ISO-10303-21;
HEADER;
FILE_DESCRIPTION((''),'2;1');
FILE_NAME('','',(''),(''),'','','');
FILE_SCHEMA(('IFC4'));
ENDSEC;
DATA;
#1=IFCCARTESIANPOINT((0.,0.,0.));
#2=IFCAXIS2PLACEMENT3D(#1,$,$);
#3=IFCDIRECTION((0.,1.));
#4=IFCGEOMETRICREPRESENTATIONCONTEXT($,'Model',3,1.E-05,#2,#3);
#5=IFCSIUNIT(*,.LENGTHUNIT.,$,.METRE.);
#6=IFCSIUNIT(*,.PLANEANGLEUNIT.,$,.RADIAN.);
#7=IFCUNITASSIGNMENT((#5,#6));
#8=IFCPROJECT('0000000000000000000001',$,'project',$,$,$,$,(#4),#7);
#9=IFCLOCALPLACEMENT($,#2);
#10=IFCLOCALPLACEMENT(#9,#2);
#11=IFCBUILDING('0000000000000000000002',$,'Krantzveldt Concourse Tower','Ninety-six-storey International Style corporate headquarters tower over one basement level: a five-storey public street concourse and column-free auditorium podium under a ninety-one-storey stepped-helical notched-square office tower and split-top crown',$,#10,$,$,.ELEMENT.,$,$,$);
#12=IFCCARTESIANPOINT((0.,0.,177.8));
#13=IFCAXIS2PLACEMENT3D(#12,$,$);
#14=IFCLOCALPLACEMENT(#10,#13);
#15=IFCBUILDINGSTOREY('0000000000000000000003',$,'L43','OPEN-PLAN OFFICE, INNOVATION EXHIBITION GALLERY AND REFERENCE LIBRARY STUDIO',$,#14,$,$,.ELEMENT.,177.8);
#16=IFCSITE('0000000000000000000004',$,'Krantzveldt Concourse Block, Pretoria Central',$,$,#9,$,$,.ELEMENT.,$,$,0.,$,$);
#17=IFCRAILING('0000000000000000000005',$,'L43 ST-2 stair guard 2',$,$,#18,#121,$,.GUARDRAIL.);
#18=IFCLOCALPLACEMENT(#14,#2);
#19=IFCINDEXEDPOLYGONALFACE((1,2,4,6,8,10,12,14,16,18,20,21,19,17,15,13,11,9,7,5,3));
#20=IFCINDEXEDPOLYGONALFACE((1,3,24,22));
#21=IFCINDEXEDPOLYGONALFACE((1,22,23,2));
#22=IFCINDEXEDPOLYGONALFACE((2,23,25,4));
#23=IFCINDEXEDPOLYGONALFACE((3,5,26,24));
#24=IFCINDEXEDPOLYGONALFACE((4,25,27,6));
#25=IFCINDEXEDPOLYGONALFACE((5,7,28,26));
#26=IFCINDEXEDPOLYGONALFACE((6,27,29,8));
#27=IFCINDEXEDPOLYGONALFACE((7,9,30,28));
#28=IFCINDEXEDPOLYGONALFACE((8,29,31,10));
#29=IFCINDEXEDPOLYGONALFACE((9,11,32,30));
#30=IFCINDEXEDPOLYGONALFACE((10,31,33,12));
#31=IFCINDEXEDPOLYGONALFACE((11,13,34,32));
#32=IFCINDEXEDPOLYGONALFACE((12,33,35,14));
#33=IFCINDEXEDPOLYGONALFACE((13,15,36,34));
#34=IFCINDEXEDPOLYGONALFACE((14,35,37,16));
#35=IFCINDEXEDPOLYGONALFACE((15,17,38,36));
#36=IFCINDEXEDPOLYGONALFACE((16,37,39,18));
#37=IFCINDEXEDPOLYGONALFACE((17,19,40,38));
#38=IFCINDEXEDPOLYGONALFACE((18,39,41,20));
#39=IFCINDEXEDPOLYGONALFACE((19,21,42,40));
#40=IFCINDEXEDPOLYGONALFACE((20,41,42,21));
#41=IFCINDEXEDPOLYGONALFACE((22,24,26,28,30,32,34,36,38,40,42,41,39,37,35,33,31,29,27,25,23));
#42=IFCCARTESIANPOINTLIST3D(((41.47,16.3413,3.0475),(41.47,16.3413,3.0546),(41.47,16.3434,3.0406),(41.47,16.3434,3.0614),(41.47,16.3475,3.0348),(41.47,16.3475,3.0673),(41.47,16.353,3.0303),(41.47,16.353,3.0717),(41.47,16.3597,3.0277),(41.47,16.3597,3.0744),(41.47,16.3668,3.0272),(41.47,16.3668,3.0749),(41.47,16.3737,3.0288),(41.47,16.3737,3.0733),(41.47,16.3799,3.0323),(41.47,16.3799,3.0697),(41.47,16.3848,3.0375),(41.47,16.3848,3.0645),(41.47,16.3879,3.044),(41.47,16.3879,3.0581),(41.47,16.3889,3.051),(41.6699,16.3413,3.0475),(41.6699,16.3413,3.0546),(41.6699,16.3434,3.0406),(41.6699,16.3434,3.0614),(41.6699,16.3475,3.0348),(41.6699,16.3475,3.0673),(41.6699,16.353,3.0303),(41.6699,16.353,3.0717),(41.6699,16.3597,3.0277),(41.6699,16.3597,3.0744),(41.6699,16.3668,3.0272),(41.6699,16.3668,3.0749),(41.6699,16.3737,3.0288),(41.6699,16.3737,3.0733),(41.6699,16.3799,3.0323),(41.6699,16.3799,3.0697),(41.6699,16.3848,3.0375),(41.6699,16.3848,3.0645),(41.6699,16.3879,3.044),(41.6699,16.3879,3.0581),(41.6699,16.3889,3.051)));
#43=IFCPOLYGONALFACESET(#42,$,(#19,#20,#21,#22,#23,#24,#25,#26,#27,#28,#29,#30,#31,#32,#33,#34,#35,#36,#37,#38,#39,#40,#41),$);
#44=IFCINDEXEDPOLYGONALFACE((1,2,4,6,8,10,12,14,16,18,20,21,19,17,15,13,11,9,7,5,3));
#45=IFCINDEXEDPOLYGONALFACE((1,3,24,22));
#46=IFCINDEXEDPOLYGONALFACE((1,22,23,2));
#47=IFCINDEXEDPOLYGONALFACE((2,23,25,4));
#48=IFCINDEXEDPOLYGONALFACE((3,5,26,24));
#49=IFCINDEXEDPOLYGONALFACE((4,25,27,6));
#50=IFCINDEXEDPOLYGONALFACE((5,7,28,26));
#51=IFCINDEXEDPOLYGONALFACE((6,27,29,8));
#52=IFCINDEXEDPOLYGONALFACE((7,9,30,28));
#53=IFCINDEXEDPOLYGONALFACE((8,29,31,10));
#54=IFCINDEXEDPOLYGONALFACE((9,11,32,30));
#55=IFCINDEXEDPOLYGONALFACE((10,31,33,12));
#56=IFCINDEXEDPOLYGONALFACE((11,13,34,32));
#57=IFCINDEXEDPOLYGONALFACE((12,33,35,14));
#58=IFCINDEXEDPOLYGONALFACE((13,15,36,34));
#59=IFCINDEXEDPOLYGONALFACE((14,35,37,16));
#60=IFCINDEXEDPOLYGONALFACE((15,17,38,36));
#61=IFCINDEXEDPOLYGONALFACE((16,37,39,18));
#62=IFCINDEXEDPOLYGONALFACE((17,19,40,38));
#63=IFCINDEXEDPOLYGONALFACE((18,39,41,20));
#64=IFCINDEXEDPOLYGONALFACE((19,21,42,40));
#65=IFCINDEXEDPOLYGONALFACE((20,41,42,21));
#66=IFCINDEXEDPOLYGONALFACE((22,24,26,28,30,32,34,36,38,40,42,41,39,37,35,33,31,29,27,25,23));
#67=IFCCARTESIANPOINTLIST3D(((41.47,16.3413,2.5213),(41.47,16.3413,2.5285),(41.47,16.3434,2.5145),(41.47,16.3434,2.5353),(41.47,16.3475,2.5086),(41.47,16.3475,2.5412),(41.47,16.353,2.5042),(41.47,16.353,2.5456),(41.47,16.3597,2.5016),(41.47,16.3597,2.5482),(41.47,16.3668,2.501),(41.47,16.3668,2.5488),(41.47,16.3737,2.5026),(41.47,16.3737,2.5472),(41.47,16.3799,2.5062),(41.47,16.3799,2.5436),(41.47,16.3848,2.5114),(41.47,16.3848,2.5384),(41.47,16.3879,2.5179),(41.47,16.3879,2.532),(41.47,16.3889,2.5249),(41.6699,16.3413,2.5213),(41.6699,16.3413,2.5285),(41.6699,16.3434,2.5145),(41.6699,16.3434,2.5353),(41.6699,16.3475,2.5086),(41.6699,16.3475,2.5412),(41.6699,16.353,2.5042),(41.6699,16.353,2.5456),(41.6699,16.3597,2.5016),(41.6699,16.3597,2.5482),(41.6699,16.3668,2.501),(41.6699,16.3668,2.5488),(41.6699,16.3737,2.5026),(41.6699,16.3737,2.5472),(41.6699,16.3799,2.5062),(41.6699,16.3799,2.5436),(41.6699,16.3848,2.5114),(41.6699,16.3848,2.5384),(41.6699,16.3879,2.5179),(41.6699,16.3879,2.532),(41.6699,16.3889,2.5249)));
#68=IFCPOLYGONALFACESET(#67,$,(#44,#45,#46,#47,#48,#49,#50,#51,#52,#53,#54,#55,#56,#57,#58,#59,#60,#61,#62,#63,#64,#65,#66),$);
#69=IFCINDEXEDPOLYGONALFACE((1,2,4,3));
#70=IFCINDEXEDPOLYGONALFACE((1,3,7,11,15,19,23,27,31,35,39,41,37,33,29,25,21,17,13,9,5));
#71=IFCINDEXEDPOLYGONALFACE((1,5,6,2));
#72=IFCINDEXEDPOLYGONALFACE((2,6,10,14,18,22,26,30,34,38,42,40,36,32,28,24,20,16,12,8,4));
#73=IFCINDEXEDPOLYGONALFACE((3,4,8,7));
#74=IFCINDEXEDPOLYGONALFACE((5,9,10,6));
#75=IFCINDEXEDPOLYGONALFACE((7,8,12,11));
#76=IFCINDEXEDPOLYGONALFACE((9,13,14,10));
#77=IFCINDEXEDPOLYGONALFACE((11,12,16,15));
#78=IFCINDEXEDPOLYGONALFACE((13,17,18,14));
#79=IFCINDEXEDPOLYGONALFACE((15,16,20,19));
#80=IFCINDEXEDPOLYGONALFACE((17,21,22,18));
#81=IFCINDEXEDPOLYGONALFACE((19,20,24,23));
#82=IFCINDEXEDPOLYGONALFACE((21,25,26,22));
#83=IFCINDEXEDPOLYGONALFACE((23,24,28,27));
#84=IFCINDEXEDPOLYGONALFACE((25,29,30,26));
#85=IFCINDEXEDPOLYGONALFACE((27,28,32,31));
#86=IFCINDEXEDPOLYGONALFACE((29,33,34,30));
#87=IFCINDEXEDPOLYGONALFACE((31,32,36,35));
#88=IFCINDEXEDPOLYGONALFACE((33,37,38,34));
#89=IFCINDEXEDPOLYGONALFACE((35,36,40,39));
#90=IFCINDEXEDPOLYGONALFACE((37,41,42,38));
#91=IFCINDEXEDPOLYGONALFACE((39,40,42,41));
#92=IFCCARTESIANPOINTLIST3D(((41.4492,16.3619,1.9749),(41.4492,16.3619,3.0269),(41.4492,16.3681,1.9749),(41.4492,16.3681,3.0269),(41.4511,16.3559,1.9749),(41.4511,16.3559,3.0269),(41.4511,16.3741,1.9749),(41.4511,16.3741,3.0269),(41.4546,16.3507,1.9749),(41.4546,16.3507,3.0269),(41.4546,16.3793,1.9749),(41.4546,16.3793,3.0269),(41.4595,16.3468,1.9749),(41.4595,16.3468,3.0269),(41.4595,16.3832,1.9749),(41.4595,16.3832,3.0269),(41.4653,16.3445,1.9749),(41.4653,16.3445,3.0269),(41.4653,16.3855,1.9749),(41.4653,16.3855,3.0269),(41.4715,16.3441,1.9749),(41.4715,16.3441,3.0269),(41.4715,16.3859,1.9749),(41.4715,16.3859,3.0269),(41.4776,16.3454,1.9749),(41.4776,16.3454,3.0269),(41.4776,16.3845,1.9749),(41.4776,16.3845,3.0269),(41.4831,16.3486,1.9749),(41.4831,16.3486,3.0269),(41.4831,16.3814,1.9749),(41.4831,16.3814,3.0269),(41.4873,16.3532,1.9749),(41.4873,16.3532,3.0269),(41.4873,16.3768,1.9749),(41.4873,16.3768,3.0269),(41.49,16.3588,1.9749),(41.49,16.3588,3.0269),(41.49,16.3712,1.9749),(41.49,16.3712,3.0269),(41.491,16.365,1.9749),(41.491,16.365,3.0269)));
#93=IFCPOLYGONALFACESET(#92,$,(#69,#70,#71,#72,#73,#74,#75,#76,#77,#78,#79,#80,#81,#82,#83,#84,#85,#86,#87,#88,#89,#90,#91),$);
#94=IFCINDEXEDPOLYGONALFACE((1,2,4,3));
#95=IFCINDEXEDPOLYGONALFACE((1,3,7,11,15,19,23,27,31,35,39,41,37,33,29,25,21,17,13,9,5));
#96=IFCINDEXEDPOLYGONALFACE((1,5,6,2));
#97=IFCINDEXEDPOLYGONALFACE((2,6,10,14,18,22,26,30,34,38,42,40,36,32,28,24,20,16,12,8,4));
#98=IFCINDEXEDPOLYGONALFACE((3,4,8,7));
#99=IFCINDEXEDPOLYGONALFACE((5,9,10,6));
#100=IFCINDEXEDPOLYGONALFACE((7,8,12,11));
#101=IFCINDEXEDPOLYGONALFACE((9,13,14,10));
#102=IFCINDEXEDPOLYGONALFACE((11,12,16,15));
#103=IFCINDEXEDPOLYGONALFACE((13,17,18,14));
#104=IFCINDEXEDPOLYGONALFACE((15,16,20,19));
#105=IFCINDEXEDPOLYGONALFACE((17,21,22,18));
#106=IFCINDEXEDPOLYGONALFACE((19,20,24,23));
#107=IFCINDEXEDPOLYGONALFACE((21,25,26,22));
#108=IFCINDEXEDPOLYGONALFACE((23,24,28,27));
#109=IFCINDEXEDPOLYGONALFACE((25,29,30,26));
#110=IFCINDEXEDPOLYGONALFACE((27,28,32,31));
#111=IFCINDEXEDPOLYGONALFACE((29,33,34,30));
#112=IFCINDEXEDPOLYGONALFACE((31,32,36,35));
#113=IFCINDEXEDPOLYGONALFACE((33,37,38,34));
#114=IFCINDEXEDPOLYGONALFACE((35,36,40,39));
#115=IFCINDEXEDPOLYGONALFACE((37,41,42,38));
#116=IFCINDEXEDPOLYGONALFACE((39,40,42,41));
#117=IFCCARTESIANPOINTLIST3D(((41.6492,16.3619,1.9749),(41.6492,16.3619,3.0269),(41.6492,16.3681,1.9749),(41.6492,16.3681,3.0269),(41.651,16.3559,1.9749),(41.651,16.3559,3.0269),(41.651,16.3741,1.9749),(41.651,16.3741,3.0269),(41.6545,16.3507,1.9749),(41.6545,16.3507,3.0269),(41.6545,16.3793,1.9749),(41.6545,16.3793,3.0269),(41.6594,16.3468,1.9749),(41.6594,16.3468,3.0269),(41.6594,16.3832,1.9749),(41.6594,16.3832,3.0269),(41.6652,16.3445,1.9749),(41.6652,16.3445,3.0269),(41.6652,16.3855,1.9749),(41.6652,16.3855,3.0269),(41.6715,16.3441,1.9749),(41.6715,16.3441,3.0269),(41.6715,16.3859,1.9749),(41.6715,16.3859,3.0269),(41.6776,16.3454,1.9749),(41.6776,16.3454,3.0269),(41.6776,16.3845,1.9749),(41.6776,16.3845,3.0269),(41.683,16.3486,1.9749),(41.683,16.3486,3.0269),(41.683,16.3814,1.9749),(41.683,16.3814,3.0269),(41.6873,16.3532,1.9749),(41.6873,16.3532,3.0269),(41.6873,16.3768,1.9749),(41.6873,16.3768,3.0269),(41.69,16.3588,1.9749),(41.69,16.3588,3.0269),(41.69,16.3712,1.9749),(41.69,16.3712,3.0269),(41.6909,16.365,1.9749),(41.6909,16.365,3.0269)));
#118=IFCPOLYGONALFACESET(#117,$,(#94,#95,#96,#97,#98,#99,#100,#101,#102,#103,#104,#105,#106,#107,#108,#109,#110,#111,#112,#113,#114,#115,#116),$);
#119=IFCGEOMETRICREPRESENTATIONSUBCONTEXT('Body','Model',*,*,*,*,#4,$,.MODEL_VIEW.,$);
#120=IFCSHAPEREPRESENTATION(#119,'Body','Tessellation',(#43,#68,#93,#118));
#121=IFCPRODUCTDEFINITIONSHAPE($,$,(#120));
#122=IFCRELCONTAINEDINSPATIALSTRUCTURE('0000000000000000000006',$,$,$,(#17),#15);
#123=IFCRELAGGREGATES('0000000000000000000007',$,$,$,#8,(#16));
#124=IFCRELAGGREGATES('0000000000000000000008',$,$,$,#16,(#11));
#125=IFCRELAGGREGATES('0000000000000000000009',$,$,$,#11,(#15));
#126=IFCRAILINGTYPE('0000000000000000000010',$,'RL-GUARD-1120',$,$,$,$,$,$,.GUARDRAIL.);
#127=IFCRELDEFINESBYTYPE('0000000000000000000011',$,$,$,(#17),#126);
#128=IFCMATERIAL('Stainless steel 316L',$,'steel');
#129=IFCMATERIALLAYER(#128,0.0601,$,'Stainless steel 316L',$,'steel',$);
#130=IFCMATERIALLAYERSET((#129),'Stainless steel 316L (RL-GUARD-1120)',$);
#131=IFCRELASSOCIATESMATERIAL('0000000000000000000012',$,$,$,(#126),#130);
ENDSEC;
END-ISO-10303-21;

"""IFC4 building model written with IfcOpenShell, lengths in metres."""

from ifc_helpers import new_model, si_unit, direction, frame, origin, origin_2d, place, context, subcontext, project, spatial, circle, extrude, material, layer, layer_set, type_object, element, save


model = new_model("IFC4")

# Units and contexts
model_context = context("Model", 3, precision=1e-05, world=origin(), true_north=direction((0.0, 1.0)))
body_context = subcontext(model_context, "Body", "Model", "MODEL_VIEW")
ifc_project = project(units=[si_unit("LENGTHUNIT", "METRE"), si_unit("PLANEANGLEUNIT", "RADIAN")], contexts=[model_context])

# Site, building, storey
site_placement = place(None, origin())
site = spatial("IfcSite", under=ifc_project, at=site_placement, Name="Krantzveldt Concourse Block, Pretoria Central", CompositionType="ELEMENT", RefElevation=0.0)
building_placement = place(site_placement, origin())
building = spatial("IfcBuilding", under=site, at=building_placement, Name="Krantzveldt Concourse Tower", Description="Ninety-six-storey International Style corporate headquarters tower over one basement level: a five-storey public street concourse and column-free auditorium podium under a ninety-one-storey stepped-helical notched-square office tower and split-top crown", CompositionType="ELEMENT")
storey_placement = place(building_placement, frame((0.0, 0.0, 177.8)))
storey = spatial("IfcBuildingStorey", under=building, at=storey_placement, Name="L43", Description="OPEN-PLAN OFFICE, INNOVATION EXHIBITION GALLERY AND REFERENCE LIBRARY STUDIO", CompositionType="ELEMENT", Elevation=177.8)

# Shared definitions
ifc_material_1 = material(Name="Stainless steel 316L", Category="steel")

# Railing
ifc_layer_1 = layer(ifc_material_1, 0.0601, Name="Stainless steel 316L", Category="steel")
ifc_layer_set_1 = layer_set([ifc_layer_1], Name="Stainless steel 316L (RL-GUARD-1120)")
railing_type_1 = type_object("IfcRailingType", Name="RL-GUARD-1120", PredefinedType="GUARDRAIL", material=ifc_layer_set_1)
railing_1_placement = place(storey_placement, frame((41.47, 16.365, 1.9749)))
element("IfcRailing", 1, at=railing_1_placement, inside=storey, type_object=railing_type_1, Name="L43 ST-2 stair guard 2", PredefinedType="GUARDRAIL", context=body_context, shape_type="SweptSolid", body=[
    extrude(circle(Radius=0.0239, at=origin_2d()), frame((0.0, 0.0, 1.0762), z_axis=(1.0, 0.0, 0.0), x_axis=(0.0, 1.0, 0.0)), (0.0, 0.0, 1.0), 0.2),
    extrude(circle(Radius=0.0239, at=origin_2d()), frame((0.0, 0.0, 0.55), z_axis=(1.0, 0.0, 0.0), x_axis=(0.0, 1.0, 0.0)), (0.0, 0.0, 1.0), 0.2),
    extrude(circle(Radius=0.021, at=origin_2d()), origin(), (0.0, 0.0, 1.0), 1.052),
    extrude(circle(Radius=0.021, at=origin_2d()), frame((0.2, 0.0, 0.0)), (0.0, 0.0, 1.0), 1.052),
])

save(model, "model.ifc")
